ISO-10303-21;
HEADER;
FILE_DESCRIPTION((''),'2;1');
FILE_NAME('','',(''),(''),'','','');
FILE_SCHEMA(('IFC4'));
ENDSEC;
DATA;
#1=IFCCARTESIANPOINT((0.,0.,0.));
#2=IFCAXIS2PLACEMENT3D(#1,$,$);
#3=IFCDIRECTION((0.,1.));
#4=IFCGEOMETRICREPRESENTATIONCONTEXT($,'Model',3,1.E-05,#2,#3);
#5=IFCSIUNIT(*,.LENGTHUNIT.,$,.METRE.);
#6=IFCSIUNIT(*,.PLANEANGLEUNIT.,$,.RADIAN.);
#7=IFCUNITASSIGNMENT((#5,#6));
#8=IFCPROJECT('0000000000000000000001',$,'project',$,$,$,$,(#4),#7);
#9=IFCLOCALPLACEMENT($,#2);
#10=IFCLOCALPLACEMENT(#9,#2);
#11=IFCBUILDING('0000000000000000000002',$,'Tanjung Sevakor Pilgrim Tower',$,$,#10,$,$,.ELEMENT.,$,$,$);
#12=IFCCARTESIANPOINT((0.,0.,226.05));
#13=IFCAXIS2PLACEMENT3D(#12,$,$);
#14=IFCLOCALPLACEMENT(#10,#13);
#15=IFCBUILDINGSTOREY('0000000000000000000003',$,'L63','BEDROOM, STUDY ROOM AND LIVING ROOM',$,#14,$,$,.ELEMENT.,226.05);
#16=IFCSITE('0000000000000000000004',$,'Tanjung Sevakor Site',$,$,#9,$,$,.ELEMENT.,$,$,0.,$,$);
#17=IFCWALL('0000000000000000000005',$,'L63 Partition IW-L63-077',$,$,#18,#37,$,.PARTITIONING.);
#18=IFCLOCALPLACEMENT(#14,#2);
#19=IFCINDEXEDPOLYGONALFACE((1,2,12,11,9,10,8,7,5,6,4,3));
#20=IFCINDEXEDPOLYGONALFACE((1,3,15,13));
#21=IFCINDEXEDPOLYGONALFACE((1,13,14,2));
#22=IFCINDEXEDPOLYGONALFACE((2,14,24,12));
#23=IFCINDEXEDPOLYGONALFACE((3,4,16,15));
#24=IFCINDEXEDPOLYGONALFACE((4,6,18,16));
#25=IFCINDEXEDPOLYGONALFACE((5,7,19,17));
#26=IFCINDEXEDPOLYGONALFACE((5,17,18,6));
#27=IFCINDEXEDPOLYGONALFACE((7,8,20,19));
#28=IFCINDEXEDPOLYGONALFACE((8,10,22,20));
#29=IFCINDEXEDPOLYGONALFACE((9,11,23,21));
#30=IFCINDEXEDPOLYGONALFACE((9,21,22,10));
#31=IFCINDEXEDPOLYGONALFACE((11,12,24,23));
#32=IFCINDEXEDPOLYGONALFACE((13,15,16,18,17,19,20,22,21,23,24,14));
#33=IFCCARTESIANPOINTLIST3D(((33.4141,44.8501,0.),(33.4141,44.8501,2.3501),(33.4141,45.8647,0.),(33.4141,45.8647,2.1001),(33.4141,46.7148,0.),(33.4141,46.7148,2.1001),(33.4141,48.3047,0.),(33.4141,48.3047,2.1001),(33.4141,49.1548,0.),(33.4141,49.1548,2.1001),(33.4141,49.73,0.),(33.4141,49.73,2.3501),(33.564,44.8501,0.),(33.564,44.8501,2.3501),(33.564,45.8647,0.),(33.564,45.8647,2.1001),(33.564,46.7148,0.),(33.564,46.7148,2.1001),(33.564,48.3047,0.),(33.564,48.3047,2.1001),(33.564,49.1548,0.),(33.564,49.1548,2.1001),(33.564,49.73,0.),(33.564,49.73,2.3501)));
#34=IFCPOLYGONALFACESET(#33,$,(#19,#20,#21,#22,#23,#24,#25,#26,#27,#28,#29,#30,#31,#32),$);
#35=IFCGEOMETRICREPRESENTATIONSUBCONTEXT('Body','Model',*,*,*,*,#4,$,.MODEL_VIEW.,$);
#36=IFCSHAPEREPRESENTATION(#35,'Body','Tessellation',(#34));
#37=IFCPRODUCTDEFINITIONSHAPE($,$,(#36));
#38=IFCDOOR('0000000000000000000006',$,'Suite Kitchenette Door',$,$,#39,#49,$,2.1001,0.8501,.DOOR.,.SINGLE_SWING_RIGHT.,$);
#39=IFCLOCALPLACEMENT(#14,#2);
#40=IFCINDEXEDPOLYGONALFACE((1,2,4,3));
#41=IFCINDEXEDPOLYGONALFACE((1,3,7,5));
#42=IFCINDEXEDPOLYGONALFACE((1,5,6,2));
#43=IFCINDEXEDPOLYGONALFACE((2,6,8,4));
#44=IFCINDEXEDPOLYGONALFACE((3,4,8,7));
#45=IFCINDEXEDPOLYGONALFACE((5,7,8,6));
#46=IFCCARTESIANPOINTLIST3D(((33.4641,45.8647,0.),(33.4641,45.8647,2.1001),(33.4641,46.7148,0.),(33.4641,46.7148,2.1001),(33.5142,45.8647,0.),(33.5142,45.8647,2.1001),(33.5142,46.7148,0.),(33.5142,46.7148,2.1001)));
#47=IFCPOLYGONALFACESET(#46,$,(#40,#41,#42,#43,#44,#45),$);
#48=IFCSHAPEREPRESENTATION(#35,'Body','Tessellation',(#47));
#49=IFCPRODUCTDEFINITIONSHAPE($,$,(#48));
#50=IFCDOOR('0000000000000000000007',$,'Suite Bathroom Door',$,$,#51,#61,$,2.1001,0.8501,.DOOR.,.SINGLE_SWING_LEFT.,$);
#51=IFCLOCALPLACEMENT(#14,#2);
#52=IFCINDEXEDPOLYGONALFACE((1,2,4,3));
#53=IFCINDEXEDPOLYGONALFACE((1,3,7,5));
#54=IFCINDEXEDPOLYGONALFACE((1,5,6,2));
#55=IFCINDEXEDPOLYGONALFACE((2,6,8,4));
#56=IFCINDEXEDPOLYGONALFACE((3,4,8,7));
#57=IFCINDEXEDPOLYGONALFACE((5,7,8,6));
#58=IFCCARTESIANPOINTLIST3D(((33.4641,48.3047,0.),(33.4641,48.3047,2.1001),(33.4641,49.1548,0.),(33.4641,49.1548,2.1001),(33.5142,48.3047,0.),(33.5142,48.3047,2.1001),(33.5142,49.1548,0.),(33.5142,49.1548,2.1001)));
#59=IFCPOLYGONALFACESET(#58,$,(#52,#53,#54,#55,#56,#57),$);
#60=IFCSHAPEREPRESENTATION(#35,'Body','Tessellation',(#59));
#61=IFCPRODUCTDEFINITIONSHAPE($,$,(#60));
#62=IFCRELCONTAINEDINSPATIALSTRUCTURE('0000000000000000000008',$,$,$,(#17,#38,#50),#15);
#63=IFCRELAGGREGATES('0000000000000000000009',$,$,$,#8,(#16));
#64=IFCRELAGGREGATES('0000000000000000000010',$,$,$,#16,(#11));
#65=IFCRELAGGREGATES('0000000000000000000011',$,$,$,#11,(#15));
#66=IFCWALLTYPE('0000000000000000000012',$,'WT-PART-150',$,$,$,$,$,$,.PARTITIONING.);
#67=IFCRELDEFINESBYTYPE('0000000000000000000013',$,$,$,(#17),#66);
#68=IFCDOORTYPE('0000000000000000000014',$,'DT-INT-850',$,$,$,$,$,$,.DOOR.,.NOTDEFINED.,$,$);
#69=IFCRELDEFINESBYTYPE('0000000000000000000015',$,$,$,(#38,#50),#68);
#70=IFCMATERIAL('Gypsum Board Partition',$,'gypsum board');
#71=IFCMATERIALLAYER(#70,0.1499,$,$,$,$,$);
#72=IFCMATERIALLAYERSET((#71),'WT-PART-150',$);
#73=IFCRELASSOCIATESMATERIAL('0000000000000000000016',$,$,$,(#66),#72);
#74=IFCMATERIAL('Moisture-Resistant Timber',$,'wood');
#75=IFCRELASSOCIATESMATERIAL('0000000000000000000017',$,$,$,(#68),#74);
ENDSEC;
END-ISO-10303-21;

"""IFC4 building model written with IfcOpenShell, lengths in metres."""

from ifc_helpers import new_model, si_unit, direction, frame, frame_2d, origin, place, context, subcontext, project, spatial, rectangle, extrude, material, layer, layer_set, type_object, element, fill, save


model = new_model("IFC4")

# Units and contexts
model_context = context("Model", 3, precision=1e-05, world=origin(), true_north=direction((0.0, 1.0)))
body_context = subcontext(model_context, "Body", "Model", "MODEL_VIEW")
ifc_project = project(units=[si_unit("LENGTHUNIT", "METRE"), si_unit("PLANEANGLEUNIT", "RADIAN")], contexts=[model_context])

# Site, building, storey
site_placement = place(None, origin())
site = spatial("IfcSite", under=ifc_project, at=site_placement, Name="Tanjung Sevakor Site", CompositionType="ELEMENT", RefElevation=0.0)
building_placement = place(site_placement, origin())
building = spatial("IfcBuilding", under=site, at=building_placement, Name="Tanjung Sevakor Pilgrim Tower", CompositionType="ELEMENT")
storey_placement = place(building_placement, frame((0.0, 0.0, 226.05)))
storey = spatial("IfcBuildingStorey", under=building, at=storey_placement, Name="L63", Description="BEDROOM, STUDY ROOM AND LIVING ROOM", CompositionType="ELEMENT", Elevation=226.05)

# Wall, openings, doors
ifc_material_1 = material(Name="Gypsum Board Partition", Category="gypsum board")
ifc_layer_1 = layer(ifc_material_1, 0.1499)
ifc_layer_set_1 = layer_set([ifc_layer_1], Name="WT-PART-150")
wall_type_1 = type_object("IfcWallType", Name="WT-PART-150", PredefinedType="PARTITIONING", material=ifc_layer_set_1)
wall_1_placement = place(storey_placement, frame((33.489, 44.8501, 0.0), z_axis=(0.0, 0.0, 1.0), x_axis=(0.0, 1.0, 0.0)))
wall_1 = element("IfcWall", 1, at=wall_1_placement, inside=storey, type_object=wall_type_1, Name="L63 Partition IW-L63-077", PredefinedType="PARTITIONING", context=body_context, shape_type="SweptSolid", body=[
    extrude(rectangle(XDim=4.8799, YDim=0.1499, at=frame_2d((2.4399, 0.0))), origin(), (0.0, 0.0, 1.0), 2.3501),
])
opening_1_placement = place(wall_1_placement, frame((1.0146, 0.0, 0.0)))
opening_1 = element("IfcOpeningElement", 2, at=opening_1_placement, cuts=wall_1, PredefinedType="OPENING", context=body_context, shape_type="SweptSolid", body=[
    extrude(rectangle(XDim=0.8501, YDim=2.1001, at=frame_2d((0.425, 1.05))), frame((0.0, 0.085, 0.0), z_axis=(0.0, -1.0, 0.0), x_axis=(1.0, 0.0, 0.0)), (0.0, 0.0, 1.0), 0.1699),
])
opening_2_placement = place(wall_1_placement, frame((3.4546, 0.0, 0.0)))
opening_2 = element("IfcOpeningElement", 3, at=opening_2_placement, cuts=wall_1, PredefinedType="OPENING", context=body_context, shape_type="SweptSolid", body=[
    extrude(rectangle(XDim=0.8501, YDim=2.1001, at=frame_2d((0.425, 1.05))), frame((0.0, 0.085, 0.0), z_axis=(0.0, -1.0, 0.0), x_axis=(1.0, 0.0, 0.0)), (0.0, 0.0, 1.0), 0.1699),
])
ifc_material_2 = material(Name="Moisture-Resistant Timber", Category="wood")
door_type_1 = type_object("IfcDoorType", Name="DT-INT-850", OperationType="NOTDEFINED", PredefinedType="DOOR", material=ifc_material_2)
door_1_placement = place(opening_1_placement, origin())
door_1 = element("IfcDoor", 4, at=door_1_placement, inside=storey, type_object=door_type_1, Name="Suite Kitchenette Door", OperationType="SINGLE_SWING_RIGHT", OverallHeight=2.1001, OverallWidth=0.8501, PredefinedType="DOOR", context=body_context, shape_type="SweptSolid", body=[
    extrude(rectangle(XDim=0.8501, YDim=2.1001, at=frame_2d((0.425, 1.05))), frame((0.0, 0.0249, 0.0), z_axis=(0.0, -1.0, 0.0), x_axis=(1.0, 0.0, 0.0)), (0.0, 0.0, 1.0), 0.05),
])
fill(opening_1, door_1)
door_2_placement = place(opening_2_placement, origin())
door_2 = element("IfcDoor", 5, at=door_2_placement, inside=storey, type_object=door_type_1, Name="Suite Bathroom Door", OperationType="SINGLE_SWING_LEFT", OverallHeight=2.1001, OverallWidth=0.8501, PredefinedType="DOOR", context=body_context, shape_type="SweptSolid", body=[
    extrude(rectangle(XDim=0.8501, YDim=2.1001, at=frame_2d((0.425, 1.05))), frame((0.0, 0.0249, 0.0), z_axis=(0.0, -1.0, 0.0), x_axis=(1.0, 0.0, 0.0)), (0.0, 0.0, 1.0), 0.05),
])
fill(opening_2, door_2)

save(model, "model.ifc")
